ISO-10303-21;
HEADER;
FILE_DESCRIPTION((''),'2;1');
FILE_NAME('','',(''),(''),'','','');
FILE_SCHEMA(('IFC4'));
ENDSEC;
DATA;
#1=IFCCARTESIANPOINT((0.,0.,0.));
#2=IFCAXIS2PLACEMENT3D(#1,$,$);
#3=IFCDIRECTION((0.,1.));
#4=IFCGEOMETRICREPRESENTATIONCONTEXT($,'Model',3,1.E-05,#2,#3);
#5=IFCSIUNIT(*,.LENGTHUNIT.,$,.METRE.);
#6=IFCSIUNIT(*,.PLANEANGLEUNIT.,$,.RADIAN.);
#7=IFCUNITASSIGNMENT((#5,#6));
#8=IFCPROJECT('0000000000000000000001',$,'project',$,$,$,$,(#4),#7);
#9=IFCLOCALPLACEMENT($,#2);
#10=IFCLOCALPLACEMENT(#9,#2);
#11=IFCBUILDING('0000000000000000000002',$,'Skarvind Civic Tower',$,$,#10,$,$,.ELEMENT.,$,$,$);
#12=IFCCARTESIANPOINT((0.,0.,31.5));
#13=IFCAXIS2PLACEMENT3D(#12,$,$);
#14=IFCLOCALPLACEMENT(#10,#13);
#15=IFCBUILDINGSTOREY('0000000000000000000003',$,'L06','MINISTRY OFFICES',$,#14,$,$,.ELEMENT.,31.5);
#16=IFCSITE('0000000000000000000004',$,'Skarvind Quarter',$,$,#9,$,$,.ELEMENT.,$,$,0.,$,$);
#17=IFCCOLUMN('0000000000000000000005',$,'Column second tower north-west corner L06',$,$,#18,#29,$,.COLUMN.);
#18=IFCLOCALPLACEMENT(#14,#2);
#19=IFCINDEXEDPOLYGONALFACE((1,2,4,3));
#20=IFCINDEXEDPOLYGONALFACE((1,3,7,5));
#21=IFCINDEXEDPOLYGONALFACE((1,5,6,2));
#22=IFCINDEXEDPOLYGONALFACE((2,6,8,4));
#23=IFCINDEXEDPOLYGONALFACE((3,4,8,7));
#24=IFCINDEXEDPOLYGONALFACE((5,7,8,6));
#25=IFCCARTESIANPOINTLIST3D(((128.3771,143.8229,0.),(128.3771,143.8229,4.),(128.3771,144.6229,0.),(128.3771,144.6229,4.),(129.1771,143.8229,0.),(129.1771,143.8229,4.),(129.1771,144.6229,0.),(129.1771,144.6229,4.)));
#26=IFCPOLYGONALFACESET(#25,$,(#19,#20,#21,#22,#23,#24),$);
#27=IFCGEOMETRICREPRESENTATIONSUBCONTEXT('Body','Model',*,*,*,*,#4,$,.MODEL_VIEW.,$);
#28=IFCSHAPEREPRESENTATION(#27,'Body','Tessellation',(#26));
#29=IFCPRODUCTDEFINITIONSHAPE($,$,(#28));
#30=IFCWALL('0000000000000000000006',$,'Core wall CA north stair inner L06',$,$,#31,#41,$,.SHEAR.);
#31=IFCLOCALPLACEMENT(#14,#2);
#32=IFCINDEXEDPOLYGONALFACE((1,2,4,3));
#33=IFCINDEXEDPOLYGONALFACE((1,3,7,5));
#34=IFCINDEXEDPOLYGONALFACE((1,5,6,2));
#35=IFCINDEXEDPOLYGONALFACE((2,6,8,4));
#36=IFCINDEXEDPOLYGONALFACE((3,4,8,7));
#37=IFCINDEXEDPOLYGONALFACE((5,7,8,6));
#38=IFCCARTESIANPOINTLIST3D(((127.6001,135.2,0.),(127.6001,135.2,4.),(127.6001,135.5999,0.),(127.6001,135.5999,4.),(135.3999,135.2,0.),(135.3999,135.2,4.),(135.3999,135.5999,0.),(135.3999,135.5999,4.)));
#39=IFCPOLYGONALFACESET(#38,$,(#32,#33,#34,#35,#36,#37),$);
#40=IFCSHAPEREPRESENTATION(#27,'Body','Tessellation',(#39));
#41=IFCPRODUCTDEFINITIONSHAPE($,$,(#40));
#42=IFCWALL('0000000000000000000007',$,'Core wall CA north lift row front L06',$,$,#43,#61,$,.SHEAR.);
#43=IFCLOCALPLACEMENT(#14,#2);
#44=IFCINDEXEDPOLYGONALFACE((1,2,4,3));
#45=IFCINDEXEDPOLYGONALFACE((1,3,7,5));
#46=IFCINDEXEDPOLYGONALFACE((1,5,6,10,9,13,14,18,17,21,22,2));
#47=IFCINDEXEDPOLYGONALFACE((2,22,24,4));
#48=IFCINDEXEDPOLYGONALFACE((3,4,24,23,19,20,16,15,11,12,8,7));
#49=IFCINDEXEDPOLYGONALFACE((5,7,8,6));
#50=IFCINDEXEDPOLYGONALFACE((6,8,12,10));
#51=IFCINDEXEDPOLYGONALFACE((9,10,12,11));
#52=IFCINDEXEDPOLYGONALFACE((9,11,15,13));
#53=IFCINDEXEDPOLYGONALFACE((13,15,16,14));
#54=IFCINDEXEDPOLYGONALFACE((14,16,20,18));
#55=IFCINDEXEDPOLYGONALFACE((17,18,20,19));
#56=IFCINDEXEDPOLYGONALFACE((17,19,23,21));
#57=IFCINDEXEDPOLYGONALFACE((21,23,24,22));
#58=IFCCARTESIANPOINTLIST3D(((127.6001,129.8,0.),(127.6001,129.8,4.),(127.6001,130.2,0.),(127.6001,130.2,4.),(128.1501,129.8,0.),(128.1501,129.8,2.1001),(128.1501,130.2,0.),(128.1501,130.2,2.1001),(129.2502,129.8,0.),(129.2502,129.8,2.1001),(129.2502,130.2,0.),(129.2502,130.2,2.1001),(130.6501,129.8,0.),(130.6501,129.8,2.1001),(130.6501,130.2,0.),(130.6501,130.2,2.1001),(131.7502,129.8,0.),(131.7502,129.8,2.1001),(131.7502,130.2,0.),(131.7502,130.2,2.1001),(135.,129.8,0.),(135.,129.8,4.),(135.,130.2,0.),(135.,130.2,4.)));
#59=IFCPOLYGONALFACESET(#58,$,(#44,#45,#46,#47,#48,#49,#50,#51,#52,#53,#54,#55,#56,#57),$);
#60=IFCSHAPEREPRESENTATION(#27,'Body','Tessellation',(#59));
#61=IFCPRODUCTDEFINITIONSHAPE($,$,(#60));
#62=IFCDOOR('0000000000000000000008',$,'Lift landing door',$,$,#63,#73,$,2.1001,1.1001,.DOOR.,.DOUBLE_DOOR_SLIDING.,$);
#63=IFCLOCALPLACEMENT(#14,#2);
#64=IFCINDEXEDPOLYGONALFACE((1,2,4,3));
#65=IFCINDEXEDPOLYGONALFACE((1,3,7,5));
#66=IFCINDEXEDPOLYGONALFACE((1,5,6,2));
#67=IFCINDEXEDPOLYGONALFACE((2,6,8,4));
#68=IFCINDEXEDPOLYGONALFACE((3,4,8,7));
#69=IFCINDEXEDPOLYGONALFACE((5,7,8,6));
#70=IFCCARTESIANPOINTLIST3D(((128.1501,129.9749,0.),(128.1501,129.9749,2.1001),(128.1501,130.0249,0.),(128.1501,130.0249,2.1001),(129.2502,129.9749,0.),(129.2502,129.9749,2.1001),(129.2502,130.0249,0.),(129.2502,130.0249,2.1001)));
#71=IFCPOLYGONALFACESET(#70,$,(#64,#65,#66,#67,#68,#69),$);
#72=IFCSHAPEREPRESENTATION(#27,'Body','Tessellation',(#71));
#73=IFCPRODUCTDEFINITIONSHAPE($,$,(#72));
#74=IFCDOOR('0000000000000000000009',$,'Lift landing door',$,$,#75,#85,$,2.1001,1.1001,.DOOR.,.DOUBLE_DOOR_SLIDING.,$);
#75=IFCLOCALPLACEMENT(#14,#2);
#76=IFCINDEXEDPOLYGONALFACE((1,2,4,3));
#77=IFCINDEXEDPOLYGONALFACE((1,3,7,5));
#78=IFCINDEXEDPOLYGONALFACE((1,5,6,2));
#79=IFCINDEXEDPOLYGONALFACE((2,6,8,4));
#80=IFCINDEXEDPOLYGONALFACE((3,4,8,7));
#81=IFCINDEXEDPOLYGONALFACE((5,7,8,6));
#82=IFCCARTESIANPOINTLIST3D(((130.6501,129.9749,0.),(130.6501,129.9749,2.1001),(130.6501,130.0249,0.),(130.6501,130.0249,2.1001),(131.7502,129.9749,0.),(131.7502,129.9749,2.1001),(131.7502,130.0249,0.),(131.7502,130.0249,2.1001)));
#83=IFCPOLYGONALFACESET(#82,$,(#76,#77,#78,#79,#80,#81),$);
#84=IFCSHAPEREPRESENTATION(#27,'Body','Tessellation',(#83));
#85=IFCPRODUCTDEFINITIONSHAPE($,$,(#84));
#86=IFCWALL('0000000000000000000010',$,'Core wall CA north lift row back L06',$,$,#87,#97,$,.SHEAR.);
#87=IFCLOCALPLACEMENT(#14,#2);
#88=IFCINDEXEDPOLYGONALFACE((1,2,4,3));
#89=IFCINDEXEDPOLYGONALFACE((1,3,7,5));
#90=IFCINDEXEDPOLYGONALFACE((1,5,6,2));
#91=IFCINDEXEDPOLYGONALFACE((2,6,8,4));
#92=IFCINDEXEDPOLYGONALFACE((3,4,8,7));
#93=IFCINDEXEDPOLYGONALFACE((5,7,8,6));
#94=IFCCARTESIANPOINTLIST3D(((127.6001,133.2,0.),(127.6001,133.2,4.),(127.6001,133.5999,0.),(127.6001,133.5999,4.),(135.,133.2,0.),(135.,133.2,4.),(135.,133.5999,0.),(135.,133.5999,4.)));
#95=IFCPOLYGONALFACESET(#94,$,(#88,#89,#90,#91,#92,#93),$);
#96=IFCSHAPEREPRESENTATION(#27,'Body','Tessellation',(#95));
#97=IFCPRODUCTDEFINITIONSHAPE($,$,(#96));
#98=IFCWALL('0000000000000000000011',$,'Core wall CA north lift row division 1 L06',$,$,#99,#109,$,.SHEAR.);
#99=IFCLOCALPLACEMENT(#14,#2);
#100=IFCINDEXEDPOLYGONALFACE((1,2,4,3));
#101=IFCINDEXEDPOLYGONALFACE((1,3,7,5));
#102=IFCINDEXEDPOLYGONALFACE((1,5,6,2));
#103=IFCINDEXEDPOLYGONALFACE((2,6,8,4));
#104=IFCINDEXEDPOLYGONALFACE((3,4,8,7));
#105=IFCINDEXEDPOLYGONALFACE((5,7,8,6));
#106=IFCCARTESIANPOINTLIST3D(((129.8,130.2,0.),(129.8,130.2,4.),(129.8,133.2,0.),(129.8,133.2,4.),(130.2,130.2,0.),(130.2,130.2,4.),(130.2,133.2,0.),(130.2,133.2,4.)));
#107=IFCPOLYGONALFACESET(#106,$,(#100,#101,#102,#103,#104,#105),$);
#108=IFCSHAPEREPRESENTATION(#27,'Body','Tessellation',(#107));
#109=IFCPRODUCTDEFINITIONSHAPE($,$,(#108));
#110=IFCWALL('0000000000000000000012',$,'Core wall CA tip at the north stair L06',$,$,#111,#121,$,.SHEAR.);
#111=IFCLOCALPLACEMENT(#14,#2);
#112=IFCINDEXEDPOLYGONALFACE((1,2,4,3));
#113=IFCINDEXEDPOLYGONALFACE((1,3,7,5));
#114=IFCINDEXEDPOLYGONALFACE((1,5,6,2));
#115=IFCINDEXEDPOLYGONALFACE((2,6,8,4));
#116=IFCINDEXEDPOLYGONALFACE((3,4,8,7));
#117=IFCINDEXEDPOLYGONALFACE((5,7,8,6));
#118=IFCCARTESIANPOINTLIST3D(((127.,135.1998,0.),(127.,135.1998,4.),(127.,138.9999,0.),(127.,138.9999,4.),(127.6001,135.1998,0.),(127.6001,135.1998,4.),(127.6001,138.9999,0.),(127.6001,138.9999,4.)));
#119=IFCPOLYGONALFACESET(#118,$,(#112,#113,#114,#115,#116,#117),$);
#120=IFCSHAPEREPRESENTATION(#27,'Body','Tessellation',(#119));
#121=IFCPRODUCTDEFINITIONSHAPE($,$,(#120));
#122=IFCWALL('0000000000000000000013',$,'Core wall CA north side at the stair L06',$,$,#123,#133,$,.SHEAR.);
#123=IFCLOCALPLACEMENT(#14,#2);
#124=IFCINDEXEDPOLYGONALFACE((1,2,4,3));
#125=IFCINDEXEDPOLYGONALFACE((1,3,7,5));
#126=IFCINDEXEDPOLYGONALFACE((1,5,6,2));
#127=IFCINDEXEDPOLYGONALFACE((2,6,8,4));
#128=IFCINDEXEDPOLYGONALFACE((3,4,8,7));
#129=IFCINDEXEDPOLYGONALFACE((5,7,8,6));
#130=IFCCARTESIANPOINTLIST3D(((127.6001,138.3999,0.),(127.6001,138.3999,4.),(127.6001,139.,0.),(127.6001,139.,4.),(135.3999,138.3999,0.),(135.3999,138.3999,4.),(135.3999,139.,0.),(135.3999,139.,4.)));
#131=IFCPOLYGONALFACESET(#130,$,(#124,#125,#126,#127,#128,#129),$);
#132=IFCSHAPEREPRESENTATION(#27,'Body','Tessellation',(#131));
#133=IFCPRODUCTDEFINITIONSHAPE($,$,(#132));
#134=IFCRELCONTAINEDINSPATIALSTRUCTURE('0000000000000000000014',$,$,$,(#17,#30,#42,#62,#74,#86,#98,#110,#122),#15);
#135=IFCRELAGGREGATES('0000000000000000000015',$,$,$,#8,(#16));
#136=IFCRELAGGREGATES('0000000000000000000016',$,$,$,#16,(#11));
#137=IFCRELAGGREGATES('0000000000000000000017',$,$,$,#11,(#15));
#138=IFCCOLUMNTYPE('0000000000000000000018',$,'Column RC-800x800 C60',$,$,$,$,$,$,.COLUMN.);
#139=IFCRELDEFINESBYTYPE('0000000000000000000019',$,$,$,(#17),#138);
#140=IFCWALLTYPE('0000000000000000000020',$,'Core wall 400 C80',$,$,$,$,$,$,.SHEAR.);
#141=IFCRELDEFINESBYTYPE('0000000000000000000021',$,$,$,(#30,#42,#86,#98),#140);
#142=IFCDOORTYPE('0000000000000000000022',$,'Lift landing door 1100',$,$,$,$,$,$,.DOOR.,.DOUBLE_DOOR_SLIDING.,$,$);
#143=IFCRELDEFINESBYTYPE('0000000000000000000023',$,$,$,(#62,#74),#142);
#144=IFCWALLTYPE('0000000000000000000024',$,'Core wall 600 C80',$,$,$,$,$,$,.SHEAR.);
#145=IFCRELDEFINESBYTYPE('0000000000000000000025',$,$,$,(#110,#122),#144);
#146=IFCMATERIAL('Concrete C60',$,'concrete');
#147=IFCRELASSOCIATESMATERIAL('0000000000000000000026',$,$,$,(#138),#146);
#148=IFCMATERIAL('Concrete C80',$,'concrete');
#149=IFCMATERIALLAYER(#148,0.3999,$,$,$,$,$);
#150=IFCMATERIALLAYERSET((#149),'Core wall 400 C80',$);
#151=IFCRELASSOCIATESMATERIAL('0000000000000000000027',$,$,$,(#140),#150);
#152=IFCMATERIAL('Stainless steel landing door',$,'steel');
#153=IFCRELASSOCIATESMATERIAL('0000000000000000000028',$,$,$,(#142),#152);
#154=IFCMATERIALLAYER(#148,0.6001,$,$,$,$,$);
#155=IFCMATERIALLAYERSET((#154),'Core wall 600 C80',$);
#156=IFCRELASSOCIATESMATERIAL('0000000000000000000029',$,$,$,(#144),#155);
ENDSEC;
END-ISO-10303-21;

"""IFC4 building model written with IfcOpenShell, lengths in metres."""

from ifc_helpers import new_model, si_unit, direction, frame, frame_2d, origin, origin_2d, place, context, subcontext, project, spatial, rectangle, extrude, material, layer, layer_set, material_profile, profile_set, type_object, element, fill, save


model = new_model("IFC4")

# Units and contexts
model_context = context("Model", 3, precision=1e-05, world=origin(), true_north=direction((0.0, 1.0)))
body_context = subcontext(model_context, "Body", "Model", "MODEL_VIEW")
ifc_project = project(units=[si_unit("LENGTHUNIT", "METRE"), si_unit("PLANEANGLEUNIT", "RADIAN")], contexts=[model_context])

# Site, building, storey
site_placement = place(None, origin())
site = spatial("IfcSite", under=ifc_project, at=site_placement, Name="Skarvind Quarter", CompositionType="ELEMENT", RefElevation=0.0)
building_placement = place(site_placement, origin())
building = spatial("IfcBuilding", under=site, at=building_placement, Name="Skarvind Civic Tower", CompositionType="ELEMENT")
storey_placement = place(building_placement, frame((0.0, 0.0, 31.5)))
storey = spatial("IfcBuildingStorey", under=building, at=storey_placement, Name="L06", Description="MINISTRY OFFICES", CompositionType="ELEMENT", Elevation=31.5)

# Column
ifc_material_1 = material(Name="Concrete C60", Category="concrete")
ifc_material_profile = material_profile(ifc_material_1, rectangle(XDim=0.8, YDim=0.8, at=origin_2d()), Name="RC-800x800")
ifc_profile_set = profile_set([ifc_material_profile], Name="Concrete C60")
column_type = type_object("IfcColumnType", Name="Column RC-800x800 C60", PredefinedType="COLUMN", material=ifc_profile_set)
column_placement = place(storey_placement, frame((128.7771, 144.2229, 0.0), z_axis=(0.0, 0.0, 1.0), x_axis=(1.0, 0.0, 0.0)))
element("IfcColumn", 1, at=column_placement, inside=storey, type_object=column_type, Name="Column second tower north-west corner L06", PredefinedType="COLUMN", context=body_context, shape_type="SweptSolid", body=[
    extrude(rectangle(XDim=0.8, YDim=0.8, at=origin_2d()), origin(), (0.0, 0.0, 1.0), 4.0),
])

# Wall
ifc_material_2 = material(Name="Concrete C80", Category="concrete")
ifc_layer_1 = layer(ifc_material_2, 0.3999)
ifc_layer_set_1 = layer_set([ifc_layer_1], Name="Core wall 400 C80")
wall_type_1 = type_object("IfcWallType", Name="Core wall 400 C80", PredefinedType="SHEAR", material=ifc_layer_set_1)
wall_1_placement = place(storey_placement, frame((127.6001, 135.3999, 0.0), z_axis=(0.0, 0.0, 1.0), x_axis=(1.0, 0.0, 0.0)))
element("IfcWall", 2, at=wall_1_placement, inside=storey, type_object=wall_type_1, Name="Core wall CA north stair inner L06", PredefinedType="SHEAR", context=body_context, shape_type="SweptSolid", body=[
    extrude(rectangle(XDim=7.7998, YDim=0.3999, at=frame_2d((3.8999, 0.0))), origin(), (0.0, 0.0, 1.0), 4.0),
])

# Wall, openings, doors
wall_2_placement = place(storey_placement, frame((127.6001, 130.0, 0.0), z_axis=(0.0, 0.0, 1.0), x_axis=(1.0, 0.0, 0.0)))
wall_2 = element("IfcWall", 3, at=wall_2_placement, inside=storey, type_object=wall_type_1, Name="Core wall CA north lift row front L06", PredefinedType="SHEAR", context=body_context, shape_type="SweptSolid", body=[
    extrude(rectangle(XDim=7.3999, YDim=0.3999, at=frame_2d((3.7, 0.0))), origin(), (0.0, 0.0, 1.0), 4.0),
])
opening_1_placement = place(wall_2_placement, frame((0.55, 0.0, 0.0)))
opening_1 = element("IfcOpeningElement", 4, at=opening_1_placement, cuts=wall_2, PredefinedType="OPENING", context=body_context, shape_type="SweptSolid", body=[
    extrude(rectangle(XDim=1.1001, YDim=2.1001, at=frame_2d((0.55, 1.05))), frame((0.0, 0.21, 0.0), z_axis=(0.0, -1.0, 0.0), x_axis=(1.0, 0.0, 0.0)), (0.0, 0.0, 1.0), 0.4199),
])
opening_2_placement = place(wall_2_placement, frame((3.05, 0.0, 0.0)))
opening_2 = element("IfcOpeningElement", 5, at=opening_2_placement, cuts=wall_2, PredefinedType="OPENING", context=body_context, shape_type="SweptSolid", body=[
    extrude(rectangle(XDim=1.1001, YDim=2.1001, at=frame_2d((0.55, 1.05))), frame((0.0, 0.21, 0.0), z_axis=(0.0, -1.0, 0.0), x_axis=(1.0, 0.0, 0.0)), (0.0, 0.0, 1.0), 0.4199),
])
ifc_material_3 = material(Name="Stainless steel landing door", Category="steel")
door_type = type_object("IfcDoorType", Name="Lift landing door 1100", OperationType="DOUBLE_DOOR_SLIDING", PredefinedType="DOOR", material=ifc_material_3)
door_1_placement = place(opening_1_placement, origin())
door_1 = element("IfcDoor", 6, at=door_1_placement, inside=storey, type_object=door_type, Name="Lift landing door", OperationType="DOUBLE_DOOR_SLIDING", OverallHeight=2.1001, OverallWidth=1.1001, PredefinedType="DOOR", context=body_context, shape_type="SweptSolid", body=[
    extrude(rectangle(XDim=1.1001, YDim=2.1001, at=frame_2d((0.55, 1.05))), frame((0.0, 0.0249, 0.0), z_axis=(0.0, -1.0, 0.0), x_axis=(1.0, 0.0, 0.0)), (0.0, 0.0, 1.0), 0.05),
])
fill(opening_1, door_1)
door_2_placement = place(opening_2_placement, origin())
door_2 = element("IfcDoor", 7, at=door_2_placement, inside=storey, type_object=door_type, Name="Lift landing door", OperationType="DOUBLE_DOOR_SLIDING", OverallHeight=2.1001, OverallWidth=1.1001, PredefinedType="DOOR", context=body_context, shape_type="SweptSolid", body=[
    extrude(rectangle(XDim=1.1001, YDim=2.1001, at=frame_2d((0.55, 1.05))), frame((0.0, 0.0249, 0.0), z_axis=(0.0, -1.0, 0.0), x_axis=(1.0, 0.0, 0.0)), (0.0, 0.0, 1.0), 0.05),
])
fill(opening_2, door_2)

# Walls
wall_3_placement = place(storey_placement, frame((127.6001, 133.3999, 0.0), z_axis=(0.0, 0.0, 1.0), x_axis=(1.0, 0.0, 0.0)))
element("IfcWall", 8, at=wall_3_placement, inside=storey, type_object=wall_type_1, Name="Core wall CA north lift row back L06", PredefinedType="SHEAR", context=body_context, shape_type="SweptSolid", body=[
    extrude(rectangle(XDim=7.3999, YDim=0.3999, at=frame_2d((3.7, 0.0))), origin(), (0.0, 0.0, 1.0), 4.0),
])
wall_4_placement = place(storey_placement, frame((130.0, 130.2, 0.0), z_axis=(0.0, 0.0, 1.0), x_axis=(0.0, 1.0, 0.0)))
element("IfcWall", 9, at=wall_4_placement, inside=storey, type_object=wall_type_1, Name="Core wall CA north lift row division 1 L06", PredefinedType="SHEAR", context=body_context, shape_type="SweptSolid", body=[
    extrude(rectangle(XDim=3.0, YDim=0.3999, at=frame_2d((1.5, 0.0))), origin(), (0.0, 0.0, 1.0), 4.0),
])
ifc_layer_2 = layer(ifc_material_2, 0.6001)
ifc_layer_set_2 = layer_set([ifc_layer_2], Name="Core wall 600 C80")
wall_type_2 = type_object("IfcWallType", Name="Core wall 600 C80", PredefinedType="SHEAR", material=ifc_layer_set_2)
wall_5_placement = place(storey_placement, frame((127.3, 135.2, 0.0), z_axis=(0.0, 0.0, 1.0), x_axis=(0.0, 1.0, 0.0)))
element("IfcWall", 10, at=wall_5_placement, inside=storey, type_object=wall_type_2, Name="Core wall CA tip at the north stair L06", PredefinedType="SHEAR", context=body_context, shape_type="SweptSolid", body=[
    extrude(rectangle(XDim=3.8, YDim=0.6001, at=frame_2d((1.8999, 0.0))), origin(), (0.0, 0.0, 1.0), 4.0),
])
wall_6_placement = place(storey_placement, frame((127.6001, 138.7, 0.0), z_axis=(0.0, 0.0, 1.0), x_axis=(1.0, 0.0, 0.0)))
element("IfcWall", 11, at=wall_6_placement, inside=storey, type_object=wall_type_2, Name="Core wall CA north side at the stair L06", PredefinedType="SHEAR", context=body_context, shape_type="SweptSolid", body=[
    extrude(rectangle(XDim=7.7998, YDim=0.6001, at=frame_2d((3.8999, 0.0))), origin(), (0.0, 0.0, 1.0), 4.0),
])

save(model, "model.ifc")
